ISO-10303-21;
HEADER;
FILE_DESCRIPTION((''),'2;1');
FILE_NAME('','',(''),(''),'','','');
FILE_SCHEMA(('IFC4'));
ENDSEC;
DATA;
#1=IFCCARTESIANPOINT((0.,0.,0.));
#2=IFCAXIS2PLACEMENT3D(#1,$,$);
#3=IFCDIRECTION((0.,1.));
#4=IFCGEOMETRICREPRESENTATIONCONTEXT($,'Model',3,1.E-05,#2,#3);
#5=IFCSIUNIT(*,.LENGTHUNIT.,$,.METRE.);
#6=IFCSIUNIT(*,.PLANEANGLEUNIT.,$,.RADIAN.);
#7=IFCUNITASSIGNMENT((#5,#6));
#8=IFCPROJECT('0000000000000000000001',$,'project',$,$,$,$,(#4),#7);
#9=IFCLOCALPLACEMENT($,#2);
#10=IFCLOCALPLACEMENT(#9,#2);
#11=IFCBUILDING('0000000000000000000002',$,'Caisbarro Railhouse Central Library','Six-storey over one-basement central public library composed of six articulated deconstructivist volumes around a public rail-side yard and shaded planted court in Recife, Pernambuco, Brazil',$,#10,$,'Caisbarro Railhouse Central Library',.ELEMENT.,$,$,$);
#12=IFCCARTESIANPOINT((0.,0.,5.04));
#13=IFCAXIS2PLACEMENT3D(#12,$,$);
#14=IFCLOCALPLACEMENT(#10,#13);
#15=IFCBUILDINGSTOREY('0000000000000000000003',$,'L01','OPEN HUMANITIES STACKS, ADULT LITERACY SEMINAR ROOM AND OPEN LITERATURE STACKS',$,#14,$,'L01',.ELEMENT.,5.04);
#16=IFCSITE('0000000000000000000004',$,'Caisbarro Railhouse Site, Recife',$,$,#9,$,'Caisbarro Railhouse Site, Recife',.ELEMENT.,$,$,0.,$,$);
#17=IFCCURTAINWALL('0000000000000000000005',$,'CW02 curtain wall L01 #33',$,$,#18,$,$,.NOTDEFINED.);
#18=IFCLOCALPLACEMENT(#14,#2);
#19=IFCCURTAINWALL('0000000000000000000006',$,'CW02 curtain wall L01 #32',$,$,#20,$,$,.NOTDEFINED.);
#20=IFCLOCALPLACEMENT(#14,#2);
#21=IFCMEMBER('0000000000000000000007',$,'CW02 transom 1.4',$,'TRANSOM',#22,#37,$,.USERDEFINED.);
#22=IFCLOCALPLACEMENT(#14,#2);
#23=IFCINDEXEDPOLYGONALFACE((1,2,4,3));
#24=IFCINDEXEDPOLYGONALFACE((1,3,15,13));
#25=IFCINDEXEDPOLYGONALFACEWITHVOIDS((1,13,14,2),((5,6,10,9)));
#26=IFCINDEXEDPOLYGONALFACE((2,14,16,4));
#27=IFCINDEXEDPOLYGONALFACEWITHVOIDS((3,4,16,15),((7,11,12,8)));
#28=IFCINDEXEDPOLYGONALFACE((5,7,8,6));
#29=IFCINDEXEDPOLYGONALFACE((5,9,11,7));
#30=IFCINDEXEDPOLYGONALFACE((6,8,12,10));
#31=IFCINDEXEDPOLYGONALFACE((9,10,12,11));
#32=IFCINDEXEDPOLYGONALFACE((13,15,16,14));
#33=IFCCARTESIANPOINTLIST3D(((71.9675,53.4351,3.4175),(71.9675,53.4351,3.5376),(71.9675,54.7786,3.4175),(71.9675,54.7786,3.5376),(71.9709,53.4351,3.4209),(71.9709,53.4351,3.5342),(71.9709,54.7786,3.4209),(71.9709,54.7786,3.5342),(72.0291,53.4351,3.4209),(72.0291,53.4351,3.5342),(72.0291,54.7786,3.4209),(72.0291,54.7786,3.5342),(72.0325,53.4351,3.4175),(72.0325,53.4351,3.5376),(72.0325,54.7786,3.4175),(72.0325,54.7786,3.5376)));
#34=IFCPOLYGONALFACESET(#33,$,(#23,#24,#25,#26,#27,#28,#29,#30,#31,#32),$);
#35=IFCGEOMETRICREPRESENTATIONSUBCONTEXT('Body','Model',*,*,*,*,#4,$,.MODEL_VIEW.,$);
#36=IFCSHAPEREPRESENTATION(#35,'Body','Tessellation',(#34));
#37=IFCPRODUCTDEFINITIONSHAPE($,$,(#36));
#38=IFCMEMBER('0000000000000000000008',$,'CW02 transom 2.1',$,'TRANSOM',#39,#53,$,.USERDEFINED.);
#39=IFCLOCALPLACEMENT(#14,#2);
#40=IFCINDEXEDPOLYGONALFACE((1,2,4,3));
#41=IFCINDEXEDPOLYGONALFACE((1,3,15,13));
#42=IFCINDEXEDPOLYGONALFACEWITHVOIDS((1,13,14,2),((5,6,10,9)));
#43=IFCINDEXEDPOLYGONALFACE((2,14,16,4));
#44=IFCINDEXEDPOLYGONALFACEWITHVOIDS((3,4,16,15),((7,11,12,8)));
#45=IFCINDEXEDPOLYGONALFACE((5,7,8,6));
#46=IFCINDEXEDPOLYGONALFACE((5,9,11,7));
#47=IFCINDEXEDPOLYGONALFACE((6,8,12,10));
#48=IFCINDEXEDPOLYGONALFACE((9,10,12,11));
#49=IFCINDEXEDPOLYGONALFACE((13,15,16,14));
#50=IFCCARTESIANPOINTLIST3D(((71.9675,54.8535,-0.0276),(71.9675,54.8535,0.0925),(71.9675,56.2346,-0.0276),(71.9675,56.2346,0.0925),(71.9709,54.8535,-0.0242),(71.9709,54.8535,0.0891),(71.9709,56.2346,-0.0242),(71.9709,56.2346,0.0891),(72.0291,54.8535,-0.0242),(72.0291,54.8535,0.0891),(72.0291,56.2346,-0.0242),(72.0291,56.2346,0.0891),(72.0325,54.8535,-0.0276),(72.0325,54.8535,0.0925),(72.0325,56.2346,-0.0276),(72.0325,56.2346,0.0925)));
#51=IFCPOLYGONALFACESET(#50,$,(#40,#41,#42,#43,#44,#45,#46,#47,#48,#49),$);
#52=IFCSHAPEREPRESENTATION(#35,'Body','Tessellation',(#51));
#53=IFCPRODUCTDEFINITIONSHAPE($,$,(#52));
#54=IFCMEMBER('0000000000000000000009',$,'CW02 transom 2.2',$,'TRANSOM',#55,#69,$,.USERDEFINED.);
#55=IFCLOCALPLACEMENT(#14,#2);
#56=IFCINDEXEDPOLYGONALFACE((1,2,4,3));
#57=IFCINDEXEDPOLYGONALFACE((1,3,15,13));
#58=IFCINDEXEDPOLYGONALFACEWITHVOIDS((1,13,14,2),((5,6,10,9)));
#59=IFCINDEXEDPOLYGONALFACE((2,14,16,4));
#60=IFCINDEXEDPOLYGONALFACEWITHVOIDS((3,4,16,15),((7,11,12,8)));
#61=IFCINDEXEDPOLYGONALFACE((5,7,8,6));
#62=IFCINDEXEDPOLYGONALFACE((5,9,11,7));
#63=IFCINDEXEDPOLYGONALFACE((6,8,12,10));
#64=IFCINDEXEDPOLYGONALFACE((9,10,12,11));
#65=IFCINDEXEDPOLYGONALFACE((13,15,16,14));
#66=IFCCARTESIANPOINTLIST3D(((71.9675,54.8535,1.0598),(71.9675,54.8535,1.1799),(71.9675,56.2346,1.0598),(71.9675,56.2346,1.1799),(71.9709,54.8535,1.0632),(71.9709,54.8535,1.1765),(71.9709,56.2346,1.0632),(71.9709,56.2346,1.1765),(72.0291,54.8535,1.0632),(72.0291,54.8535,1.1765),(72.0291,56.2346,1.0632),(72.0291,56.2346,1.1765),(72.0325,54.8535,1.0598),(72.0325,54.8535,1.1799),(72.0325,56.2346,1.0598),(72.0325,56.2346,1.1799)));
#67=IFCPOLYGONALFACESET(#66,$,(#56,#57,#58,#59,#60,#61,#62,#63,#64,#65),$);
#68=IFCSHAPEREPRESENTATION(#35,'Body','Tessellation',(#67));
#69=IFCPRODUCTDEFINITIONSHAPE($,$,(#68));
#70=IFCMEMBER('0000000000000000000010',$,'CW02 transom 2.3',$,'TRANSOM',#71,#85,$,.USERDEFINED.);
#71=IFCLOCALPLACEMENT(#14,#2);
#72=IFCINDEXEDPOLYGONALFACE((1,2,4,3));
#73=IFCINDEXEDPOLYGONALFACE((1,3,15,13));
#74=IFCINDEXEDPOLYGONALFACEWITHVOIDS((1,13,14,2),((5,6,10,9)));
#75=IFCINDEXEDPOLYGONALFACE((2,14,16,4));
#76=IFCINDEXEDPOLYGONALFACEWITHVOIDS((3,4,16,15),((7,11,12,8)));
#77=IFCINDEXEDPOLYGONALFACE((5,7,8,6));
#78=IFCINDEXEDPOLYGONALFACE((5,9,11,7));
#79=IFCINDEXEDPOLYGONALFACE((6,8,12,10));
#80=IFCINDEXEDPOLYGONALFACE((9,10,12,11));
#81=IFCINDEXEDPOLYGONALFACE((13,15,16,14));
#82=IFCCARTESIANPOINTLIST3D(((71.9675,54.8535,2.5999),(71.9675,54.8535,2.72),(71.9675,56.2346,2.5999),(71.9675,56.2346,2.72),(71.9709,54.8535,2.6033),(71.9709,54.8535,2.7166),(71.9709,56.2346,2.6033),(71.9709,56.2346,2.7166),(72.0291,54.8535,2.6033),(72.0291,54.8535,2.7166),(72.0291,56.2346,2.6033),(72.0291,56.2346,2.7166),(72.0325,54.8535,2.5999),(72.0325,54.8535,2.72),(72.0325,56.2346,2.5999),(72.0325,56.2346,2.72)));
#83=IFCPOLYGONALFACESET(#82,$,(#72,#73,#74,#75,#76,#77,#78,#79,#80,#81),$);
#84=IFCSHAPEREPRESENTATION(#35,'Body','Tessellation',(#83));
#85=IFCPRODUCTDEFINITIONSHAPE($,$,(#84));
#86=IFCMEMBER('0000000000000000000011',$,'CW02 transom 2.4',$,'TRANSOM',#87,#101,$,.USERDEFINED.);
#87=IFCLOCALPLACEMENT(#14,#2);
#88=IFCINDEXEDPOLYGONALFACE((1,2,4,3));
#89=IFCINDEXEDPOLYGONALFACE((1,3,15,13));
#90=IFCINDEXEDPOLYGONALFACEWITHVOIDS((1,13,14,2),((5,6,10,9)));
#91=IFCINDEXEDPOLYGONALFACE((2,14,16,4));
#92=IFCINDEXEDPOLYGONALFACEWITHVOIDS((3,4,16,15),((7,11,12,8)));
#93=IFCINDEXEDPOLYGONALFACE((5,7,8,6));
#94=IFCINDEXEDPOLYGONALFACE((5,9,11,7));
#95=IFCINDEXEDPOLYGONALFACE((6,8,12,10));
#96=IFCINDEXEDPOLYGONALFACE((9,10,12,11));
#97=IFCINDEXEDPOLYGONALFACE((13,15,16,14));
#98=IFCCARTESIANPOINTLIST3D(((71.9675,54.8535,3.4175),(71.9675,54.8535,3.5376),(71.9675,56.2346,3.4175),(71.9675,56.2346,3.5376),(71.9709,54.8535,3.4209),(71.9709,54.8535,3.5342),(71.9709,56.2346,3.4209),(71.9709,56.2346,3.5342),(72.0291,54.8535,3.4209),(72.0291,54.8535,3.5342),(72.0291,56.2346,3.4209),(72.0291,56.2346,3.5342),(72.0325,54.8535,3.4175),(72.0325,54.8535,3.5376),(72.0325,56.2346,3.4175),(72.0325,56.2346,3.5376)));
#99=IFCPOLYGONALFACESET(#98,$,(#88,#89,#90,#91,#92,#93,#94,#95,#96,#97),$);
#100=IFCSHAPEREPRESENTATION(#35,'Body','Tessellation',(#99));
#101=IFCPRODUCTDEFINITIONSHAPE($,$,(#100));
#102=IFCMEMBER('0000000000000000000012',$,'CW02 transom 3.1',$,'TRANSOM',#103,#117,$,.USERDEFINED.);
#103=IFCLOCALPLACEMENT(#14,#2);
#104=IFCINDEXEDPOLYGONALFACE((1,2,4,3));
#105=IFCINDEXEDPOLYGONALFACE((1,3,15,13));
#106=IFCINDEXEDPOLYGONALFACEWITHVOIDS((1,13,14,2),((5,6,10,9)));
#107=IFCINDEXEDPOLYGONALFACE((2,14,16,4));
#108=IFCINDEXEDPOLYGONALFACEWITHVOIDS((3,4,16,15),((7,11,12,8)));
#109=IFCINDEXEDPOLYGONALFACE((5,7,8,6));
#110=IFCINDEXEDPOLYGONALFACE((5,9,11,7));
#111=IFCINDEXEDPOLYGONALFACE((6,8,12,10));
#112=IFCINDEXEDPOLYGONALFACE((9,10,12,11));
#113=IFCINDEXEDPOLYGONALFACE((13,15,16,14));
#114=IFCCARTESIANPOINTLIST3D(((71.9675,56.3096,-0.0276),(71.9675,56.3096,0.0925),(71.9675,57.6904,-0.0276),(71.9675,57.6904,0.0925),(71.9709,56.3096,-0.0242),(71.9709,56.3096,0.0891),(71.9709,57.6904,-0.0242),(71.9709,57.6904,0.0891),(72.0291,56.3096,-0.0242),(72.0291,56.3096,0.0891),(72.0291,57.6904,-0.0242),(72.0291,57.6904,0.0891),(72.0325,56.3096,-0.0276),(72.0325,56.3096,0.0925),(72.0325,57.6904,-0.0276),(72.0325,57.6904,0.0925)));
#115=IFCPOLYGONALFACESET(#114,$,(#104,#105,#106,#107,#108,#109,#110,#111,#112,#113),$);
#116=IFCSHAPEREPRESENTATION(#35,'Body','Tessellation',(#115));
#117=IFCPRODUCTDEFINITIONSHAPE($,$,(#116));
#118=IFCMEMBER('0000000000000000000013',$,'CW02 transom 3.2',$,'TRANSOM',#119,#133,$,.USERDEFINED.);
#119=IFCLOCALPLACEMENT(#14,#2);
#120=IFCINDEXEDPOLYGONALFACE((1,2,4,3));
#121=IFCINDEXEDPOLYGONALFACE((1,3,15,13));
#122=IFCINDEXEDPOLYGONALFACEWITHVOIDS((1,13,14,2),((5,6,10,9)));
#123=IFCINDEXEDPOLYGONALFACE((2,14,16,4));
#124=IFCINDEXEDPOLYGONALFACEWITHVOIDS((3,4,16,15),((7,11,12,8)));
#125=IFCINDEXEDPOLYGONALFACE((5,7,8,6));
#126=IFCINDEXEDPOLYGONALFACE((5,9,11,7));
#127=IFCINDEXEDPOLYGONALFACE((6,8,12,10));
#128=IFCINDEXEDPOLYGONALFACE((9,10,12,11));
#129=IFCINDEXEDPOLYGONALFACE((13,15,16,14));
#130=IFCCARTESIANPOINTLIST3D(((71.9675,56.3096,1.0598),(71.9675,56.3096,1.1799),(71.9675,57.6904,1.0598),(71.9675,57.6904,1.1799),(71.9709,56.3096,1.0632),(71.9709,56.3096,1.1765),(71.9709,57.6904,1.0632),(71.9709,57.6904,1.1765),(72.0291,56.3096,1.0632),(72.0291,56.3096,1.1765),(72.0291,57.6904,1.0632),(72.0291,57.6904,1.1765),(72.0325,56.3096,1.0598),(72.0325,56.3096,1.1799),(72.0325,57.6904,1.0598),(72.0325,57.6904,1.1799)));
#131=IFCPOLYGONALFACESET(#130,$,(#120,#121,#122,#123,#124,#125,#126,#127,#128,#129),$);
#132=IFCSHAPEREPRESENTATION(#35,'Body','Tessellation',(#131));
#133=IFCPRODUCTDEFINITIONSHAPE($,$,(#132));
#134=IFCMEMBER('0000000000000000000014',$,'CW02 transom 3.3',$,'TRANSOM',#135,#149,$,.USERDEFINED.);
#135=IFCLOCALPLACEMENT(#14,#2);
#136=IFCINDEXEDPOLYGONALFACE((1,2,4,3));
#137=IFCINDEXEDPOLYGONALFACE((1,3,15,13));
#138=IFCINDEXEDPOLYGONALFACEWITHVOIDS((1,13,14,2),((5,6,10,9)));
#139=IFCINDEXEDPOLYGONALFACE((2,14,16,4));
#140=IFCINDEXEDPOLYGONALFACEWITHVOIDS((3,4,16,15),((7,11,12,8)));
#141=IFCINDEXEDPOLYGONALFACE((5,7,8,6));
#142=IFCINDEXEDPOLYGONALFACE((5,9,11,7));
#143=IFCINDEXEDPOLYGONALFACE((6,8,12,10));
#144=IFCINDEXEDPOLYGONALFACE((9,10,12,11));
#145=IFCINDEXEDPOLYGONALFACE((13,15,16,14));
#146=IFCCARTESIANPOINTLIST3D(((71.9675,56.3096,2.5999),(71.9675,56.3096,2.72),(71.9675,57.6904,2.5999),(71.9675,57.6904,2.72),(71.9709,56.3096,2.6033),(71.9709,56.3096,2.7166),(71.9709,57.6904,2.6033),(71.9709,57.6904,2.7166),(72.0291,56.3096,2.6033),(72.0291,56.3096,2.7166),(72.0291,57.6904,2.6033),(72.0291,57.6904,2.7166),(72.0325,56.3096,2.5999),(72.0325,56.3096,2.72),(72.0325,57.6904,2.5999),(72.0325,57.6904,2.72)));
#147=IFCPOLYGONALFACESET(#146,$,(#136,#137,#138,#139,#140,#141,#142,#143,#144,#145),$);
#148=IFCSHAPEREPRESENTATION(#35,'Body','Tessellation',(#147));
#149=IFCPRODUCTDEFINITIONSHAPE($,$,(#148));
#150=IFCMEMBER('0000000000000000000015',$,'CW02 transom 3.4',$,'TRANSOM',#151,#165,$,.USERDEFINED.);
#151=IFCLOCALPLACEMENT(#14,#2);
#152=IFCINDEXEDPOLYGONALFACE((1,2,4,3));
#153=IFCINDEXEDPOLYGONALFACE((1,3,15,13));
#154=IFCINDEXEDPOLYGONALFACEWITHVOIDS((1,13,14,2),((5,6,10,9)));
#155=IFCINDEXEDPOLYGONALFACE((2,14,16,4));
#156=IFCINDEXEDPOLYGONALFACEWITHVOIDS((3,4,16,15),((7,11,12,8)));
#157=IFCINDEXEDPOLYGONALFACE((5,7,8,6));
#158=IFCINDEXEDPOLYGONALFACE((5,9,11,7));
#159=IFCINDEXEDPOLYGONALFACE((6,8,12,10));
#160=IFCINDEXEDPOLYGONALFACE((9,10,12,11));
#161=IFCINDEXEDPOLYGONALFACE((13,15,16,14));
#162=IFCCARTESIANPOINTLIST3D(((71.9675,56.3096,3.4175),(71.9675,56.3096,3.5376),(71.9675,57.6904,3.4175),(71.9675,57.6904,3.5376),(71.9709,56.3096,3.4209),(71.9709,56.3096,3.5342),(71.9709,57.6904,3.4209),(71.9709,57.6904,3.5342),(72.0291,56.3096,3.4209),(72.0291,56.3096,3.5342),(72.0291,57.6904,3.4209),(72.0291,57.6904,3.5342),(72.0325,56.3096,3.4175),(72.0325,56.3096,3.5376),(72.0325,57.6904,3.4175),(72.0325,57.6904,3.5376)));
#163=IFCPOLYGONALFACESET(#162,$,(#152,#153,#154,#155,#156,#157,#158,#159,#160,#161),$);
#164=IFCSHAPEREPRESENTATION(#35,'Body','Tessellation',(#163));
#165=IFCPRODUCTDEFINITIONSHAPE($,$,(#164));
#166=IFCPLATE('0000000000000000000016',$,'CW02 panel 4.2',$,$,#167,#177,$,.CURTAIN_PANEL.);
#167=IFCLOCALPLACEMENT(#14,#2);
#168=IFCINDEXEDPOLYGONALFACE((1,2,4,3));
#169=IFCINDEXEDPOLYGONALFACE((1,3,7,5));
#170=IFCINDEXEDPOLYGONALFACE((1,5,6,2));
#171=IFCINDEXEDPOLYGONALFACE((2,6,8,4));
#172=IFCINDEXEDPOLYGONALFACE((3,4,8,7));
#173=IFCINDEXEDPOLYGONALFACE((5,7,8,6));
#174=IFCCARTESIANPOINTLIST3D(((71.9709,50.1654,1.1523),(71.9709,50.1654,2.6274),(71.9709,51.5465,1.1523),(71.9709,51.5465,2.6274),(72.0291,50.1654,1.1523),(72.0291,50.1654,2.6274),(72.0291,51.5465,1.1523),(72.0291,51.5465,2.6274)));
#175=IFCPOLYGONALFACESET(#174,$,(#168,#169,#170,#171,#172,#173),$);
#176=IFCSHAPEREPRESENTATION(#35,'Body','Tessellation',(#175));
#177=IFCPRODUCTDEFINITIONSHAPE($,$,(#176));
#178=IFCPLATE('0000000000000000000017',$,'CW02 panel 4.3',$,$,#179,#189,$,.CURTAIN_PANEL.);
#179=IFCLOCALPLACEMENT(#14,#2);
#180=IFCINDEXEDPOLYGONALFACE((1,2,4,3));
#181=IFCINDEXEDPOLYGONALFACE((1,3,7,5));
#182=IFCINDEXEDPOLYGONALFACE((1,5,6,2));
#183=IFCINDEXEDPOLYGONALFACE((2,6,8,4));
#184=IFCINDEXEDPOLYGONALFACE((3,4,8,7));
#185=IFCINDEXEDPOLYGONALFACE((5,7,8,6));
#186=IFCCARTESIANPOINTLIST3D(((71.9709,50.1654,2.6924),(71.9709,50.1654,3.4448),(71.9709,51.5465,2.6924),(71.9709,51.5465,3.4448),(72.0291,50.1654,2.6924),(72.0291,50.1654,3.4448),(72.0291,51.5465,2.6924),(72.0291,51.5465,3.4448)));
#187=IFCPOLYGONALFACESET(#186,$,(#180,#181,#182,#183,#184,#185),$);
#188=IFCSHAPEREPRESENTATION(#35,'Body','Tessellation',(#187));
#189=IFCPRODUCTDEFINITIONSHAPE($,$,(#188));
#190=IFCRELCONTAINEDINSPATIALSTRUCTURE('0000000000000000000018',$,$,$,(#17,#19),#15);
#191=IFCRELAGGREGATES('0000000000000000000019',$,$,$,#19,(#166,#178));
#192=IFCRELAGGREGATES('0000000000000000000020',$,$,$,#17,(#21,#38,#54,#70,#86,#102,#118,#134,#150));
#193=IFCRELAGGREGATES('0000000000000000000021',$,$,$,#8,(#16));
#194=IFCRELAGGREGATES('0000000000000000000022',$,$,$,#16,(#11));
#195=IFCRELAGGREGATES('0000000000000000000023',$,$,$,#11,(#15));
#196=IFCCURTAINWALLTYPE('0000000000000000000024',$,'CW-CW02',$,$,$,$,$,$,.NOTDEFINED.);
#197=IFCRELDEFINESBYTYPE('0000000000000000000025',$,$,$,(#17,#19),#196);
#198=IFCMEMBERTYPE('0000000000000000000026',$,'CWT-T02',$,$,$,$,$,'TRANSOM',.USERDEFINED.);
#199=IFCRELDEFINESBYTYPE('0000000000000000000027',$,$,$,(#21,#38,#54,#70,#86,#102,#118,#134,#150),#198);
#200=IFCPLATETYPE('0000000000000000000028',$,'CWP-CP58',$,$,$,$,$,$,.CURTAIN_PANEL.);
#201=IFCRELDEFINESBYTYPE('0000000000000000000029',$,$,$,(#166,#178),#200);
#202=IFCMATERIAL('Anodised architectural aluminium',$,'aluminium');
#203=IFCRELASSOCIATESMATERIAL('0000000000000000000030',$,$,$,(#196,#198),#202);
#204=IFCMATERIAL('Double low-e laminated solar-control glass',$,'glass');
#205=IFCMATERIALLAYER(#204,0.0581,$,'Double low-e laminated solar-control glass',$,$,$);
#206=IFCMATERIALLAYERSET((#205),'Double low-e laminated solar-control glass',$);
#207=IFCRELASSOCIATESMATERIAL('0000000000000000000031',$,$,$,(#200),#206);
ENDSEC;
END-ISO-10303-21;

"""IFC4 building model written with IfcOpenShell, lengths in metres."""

from ifc_helpers import new_model, si_unit, direction, frame, origin, origin_2d, place, context, subcontext, project, spatial, rectangle, hollow_rectangle, extrude, material, layer, layer_set, material_profile, profile_set, type_object, element, aggregate, save


model = new_model("IFC4")

# Units and contexts
model_context = context("Model", 3, precision=1e-05, world=origin(), true_north=direction((0.0, 1.0)))
body_context = subcontext(model_context, "Body", "Model", "MODEL_VIEW")
ifc_project = project(units=[si_unit("LENGTHUNIT", "METRE"), si_unit("PLANEANGLEUNIT", "RADIAN")], contexts=[model_context])

# Site, building, storey
site_placement = place(None, origin())
site = spatial("IfcSite", under=ifc_project, at=site_placement, Name="Caisbarro Railhouse Site, Recife", LongName="Caisbarro Railhouse Site, Recife", CompositionType="ELEMENT", RefElevation=0.0)
building_placement = place(site_placement, origin())
building = spatial("IfcBuilding", under=site, at=building_placement, Name="Caisbarro Railhouse Central Library", Description="Six-storey over one-basement central public library composed of six articulated deconstructivist volumes around a public rail-side yard and shaded planted court in Recife, Pernambuco, Brazil", LongName="Caisbarro Railhouse Central Library", CompositionType="ELEMENT")
storey_placement = place(building_placement, frame((0.0, 0.0, 5.04)))
storey = spatial("IfcBuildingStorey", under=building, at=storey_placement, Name="L01", Description="OPEN HUMANITIES STACKS, ADULT LITERACY SEMINAR ROOM AND OPEN LITERATURE STACKS", LongName="L01", CompositionType="ELEMENT", Elevation=5.04)

# Curtain walls
ifc_material_1 = material(Name="Anodised architectural aluminium", Category="aluminium")
curtain_wall_type = type_object("IfcCurtainWallType", Name="CW-CW02", PredefinedType="NOTDEFINED", material=ifc_material_1)
curtain_wall_1_placement = place(storey_placement, origin())
curtain_wall_1 = element("IfcCurtainWall", 1, at=curtain_wall_1_placement, inside=storey, type_object=curtain_wall_type, Name="CW02 curtain wall L01 #33", PredefinedType="NOTDEFINED")
curtain_wall_2_placement = place(storey_placement, origin())
curtain_wall_2 = element("IfcCurtainWall", 2, at=curtain_wall_2_placement, inside=storey, type_object=curtain_wall_type, Name="CW02 curtain wall L01 #32", PredefinedType="NOTDEFINED")
ifc_material_profile_1 = material_profile(ifc_material_1, hollow_rectangle(XDim=0.0649, YDim=0.1201, WallThickness=0.0034, at=origin_2d()), Name="ALU-TRN-65X120")
ifc_profile_set_1 = profile_set([ifc_material_profile_1], Name="Anodised architectural aluminium")
member_type_1 = type_object("IfcMemberType", Name="CWT-T02", ElementType="TRANSOM", PredefinedType="USERDEFINED", material=ifc_profile_set_1)

# Members
member_1_placement = place(storey_placement, frame((72.0, 53.4351, 3.4775), z_axis=(0.0, 1.0, 0.0), x_axis=(-1.0, 0.0, 0.0)))
member_1 = element("IfcMember", 3, at=member_1_placement, type_object=member_type_1, Name="CW02 transom 1.4", ObjectType="TRANSOM", PredefinedType="USERDEFINED", context=body_context, shape_type="SweptSolid", body=[
    extrude(hollow_rectangle(XDim=0.0649, YDim=0.1201, WallThickness=0.0034, at=origin_2d()), origin(), (0.0, 0.0, 1.0), 1.3435),
])
member_2_placement = place(storey_placement, frame((72.0, 54.8535, 0.0325), z_axis=(0.0, 1.0, 0.0), x_axis=(-1.0, 0.0, 0.0)))
member_2 = element("IfcMember", 4, at=member_2_placement, type_object=member_type_1, Name="CW02 transom 2.1", ObjectType="TRANSOM", PredefinedType="USERDEFINED", context=body_context, shape_type="SweptSolid", body=[
    extrude(hollow_rectangle(XDim=0.0649, YDim=0.1201, WallThickness=0.0034, at=origin_2d()), origin(), (0.0, 0.0, 1.0), 1.3811),
])
member_3_placement = place(storey_placement, frame((72.0, 54.8535, 1.1199), z_axis=(0.0, 1.0, 0.0), x_axis=(-1.0, 0.0, 0.0)))
member_3 = element("IfcMember", 5, at=member_3_placement, type_object=member_type_1, Name="CW02 transom 2.2", ObjectType="TRANSOM", PredefinedType="USERDEFINED", context=body_context, shape_type="SweptSolid", body=[
    extrude(hollow_rectangle(XDim=0.0649, YDim=0.1201, WallThickness=0.0034, at=origin_2d()), origin(), (0.0, 0.0, 1.0), 1.3811),
])
member_4_placement = place(storey_placement, frame((72.0, 54.8535, 2.6599), z_axis=(0.0, 1.0, 0.0), x_axis=(-1.0, 0.0, 0.0)))
member_4 = element("IfcMember", 6, at=member_4_placement, type_object=member_type_1, Name="CW02 transom 2.3", ObjectType="TRANSOM", PredefinedType="USERDEFINED", context=body_context, shape_type="SweptSolid", body=[
    extrude(hollow_rectangle(XDim=0.0649, YDim=0.1201, WallThickness=0.0034, at=origin_2d()), origin(), (0.0, 0.0, 1.0), 1.3811),
])
member_5_placement = place(storey_placement, frame((72.0, 54.8535, 3.4775), z_axis=(0.0, 1.0, 0.0), x_axis=(-1.0, 0.0, 0.0)))
member_5 = element("IfcMember", 7, at=member_5_placement, type_object=member_type_1, Name="CW02 transom 2.4", ObjectType="TRANSOM", PredefinedType="USERDEFINED", context=body_context, shape_type="SweptSolid", body=[
    extrude(hollow_rectangle(XDim=0.0649, YDim=0.1201, WallThickness=0.0034, at=origin_2d()), origin(), (0.0, 0.0, 1.0), 1.3811),
])
member_6_placement = place(storey_placement, frame((72.0, 56.3096, 0.0325), z_axis=(0.0, 1.0, 0.0), x_axis=(-1.0, 0.0, 0.0)))
member_6 = element("IfcMember", 8, at=member_6_placement, type_object=member_type_1, Name="CW02 transom 3.1", ObjectType="TRANSOM", PredefinedType="USERDEFINED", context=body_context, shape_type="SweptSolid", body=[
    extrude(hollow_rectangle(XDim=0.0649, YDim=0.1201, WallThickness=0.0034, at=origin_2d()), origin(), (0.0, 0.0, 1.0), 1.3809),
])
member_7_placement = place(storey_placement, frame((72.0, 56.3096, 1.1199), z_axis=(0.0, 1.0, 0.0), x_axis=(-1.0, 0.0, 0.0)))
member_7 = element("IfcMember", 9, at=member_7_placement, type_object=member_type_1, Name="CW02 transom 3.2", ObjectType="TRANSOM", PredefinedType="USERDEFINED", context=body_context, shape_type="SweptSolid", body=[
    extrude(hollow_rectangle(XDim=0.0649, YDim=0.1201, WallThickness=0.0034, at=origin_2d()), origin(), (0.0, 0.0, 1.0), 1.3809),
])
member_8_placement = place(storey_placement, frame((72.0, 56.3096, 2.6599), z_axis=(0.0, 1.0, 0.0), x_axis=(-1.0, 0.0, 0.0)))
member_8 = element("IfcMember", 10, at=member_8_placement, type_object=member_type_1, Name="CW02 transom 3.3", ObjectType="TRANSOM", PredefinedType="USERDEFINED", context=body_context, shape_type="SweptSolid", body=[
    extrude(hollow_rectangle(XDim=0.0649, YDim=0.1201, WallThickness=0.0034, at=origin_2d()), origin(), (0.0, 0.0, 1.0), 1.3809),
])
member_9_placement = place(storey_placement, frame((72.0, 56.3096, 3.4775), z_axis=(0.0, 1.0, 0.0), x_axis=(-1.0, 0.0, 0.0)))
member_9 = element("IfcMember", 11, at=member_9_placement, type_object=member_type_1, Name="CW02 transom 3.4", ObjectType="TRANSOM", PredefinedType="USERDEFINED", context=body_context, shape_type="SweptSolid", body=[
    extrude(hollow_rectangle(XDim=0.0649, YDim=0.1201, WallThickness=0.0034, at=origin_2d()), origin(), (0.0, 0.0, 1.0), 1.3809),
])

# Plates
ifc_material_2 = material(Name="Double low-e laminated solar-control glass", Category="glass")
ifc_layer_1 = layer(ifc_material_2, 0.0581, Name="Double low-e laminated solar-control glass")
ifc_layer_set_1 = layer_set([ifc_layer_1], Name="Double low-e laminated solar-control glass")
plate_type_1 = type_object("IfcPlateType", Name="CWP-CP58", PredefinedType="CURTAIN_PANEL", material=ifc_layer_set_1)
plate_1_placement = place(storey_placement, frame((72.0, 50.856, 1.1523), z_axis=(0.0, 0.0, 1.0), x_axis=(0.0, 1.0, 0.0)))
plate_1 = element("IfcPlate", 12, at=plate_1_placement, type_object=plate_type_1, Name="CW02 panel 4.2", PredefinedType="CURTAIN_PANEL", context=body_context, shape_type="SweptSolid", body=[
    extrude(rectangle(XDim=1.3811, YDim=0.0581, at=origin_2d()), origin(), (0.0, 0.0, 1.0), 1.4751),
])
plate_2_placement = place(storey_placement, frame((72.0, 50.856, 2.6924), z_axis=(0.0, 0.0, 1.0), x_axis=(0.0, 1.0, 0.0)))
plate_2 = element("IfcPlate", 13, at=plate_2_placement, type_object=plate_type_1, Name="CW02 panel 4.3", PredefinedType="CURTAIN_PANEL", context=body_context, shape_type="SweptSolid", body=[
    extrude(rectangle(XDim=1.3811, YDim=0.0581, at=origin_2d()), origin(), (0.0, 0.0, 1.0), 0.7524),
])
aggregate(curtain_wall_2, [plate_1, plate_2])
aggregate(curtain_wall_1, [member_1, member_2, member_3, member_4, member_5, member_6, member_7, member_8, member_9])

save(model, "model.ifc")
